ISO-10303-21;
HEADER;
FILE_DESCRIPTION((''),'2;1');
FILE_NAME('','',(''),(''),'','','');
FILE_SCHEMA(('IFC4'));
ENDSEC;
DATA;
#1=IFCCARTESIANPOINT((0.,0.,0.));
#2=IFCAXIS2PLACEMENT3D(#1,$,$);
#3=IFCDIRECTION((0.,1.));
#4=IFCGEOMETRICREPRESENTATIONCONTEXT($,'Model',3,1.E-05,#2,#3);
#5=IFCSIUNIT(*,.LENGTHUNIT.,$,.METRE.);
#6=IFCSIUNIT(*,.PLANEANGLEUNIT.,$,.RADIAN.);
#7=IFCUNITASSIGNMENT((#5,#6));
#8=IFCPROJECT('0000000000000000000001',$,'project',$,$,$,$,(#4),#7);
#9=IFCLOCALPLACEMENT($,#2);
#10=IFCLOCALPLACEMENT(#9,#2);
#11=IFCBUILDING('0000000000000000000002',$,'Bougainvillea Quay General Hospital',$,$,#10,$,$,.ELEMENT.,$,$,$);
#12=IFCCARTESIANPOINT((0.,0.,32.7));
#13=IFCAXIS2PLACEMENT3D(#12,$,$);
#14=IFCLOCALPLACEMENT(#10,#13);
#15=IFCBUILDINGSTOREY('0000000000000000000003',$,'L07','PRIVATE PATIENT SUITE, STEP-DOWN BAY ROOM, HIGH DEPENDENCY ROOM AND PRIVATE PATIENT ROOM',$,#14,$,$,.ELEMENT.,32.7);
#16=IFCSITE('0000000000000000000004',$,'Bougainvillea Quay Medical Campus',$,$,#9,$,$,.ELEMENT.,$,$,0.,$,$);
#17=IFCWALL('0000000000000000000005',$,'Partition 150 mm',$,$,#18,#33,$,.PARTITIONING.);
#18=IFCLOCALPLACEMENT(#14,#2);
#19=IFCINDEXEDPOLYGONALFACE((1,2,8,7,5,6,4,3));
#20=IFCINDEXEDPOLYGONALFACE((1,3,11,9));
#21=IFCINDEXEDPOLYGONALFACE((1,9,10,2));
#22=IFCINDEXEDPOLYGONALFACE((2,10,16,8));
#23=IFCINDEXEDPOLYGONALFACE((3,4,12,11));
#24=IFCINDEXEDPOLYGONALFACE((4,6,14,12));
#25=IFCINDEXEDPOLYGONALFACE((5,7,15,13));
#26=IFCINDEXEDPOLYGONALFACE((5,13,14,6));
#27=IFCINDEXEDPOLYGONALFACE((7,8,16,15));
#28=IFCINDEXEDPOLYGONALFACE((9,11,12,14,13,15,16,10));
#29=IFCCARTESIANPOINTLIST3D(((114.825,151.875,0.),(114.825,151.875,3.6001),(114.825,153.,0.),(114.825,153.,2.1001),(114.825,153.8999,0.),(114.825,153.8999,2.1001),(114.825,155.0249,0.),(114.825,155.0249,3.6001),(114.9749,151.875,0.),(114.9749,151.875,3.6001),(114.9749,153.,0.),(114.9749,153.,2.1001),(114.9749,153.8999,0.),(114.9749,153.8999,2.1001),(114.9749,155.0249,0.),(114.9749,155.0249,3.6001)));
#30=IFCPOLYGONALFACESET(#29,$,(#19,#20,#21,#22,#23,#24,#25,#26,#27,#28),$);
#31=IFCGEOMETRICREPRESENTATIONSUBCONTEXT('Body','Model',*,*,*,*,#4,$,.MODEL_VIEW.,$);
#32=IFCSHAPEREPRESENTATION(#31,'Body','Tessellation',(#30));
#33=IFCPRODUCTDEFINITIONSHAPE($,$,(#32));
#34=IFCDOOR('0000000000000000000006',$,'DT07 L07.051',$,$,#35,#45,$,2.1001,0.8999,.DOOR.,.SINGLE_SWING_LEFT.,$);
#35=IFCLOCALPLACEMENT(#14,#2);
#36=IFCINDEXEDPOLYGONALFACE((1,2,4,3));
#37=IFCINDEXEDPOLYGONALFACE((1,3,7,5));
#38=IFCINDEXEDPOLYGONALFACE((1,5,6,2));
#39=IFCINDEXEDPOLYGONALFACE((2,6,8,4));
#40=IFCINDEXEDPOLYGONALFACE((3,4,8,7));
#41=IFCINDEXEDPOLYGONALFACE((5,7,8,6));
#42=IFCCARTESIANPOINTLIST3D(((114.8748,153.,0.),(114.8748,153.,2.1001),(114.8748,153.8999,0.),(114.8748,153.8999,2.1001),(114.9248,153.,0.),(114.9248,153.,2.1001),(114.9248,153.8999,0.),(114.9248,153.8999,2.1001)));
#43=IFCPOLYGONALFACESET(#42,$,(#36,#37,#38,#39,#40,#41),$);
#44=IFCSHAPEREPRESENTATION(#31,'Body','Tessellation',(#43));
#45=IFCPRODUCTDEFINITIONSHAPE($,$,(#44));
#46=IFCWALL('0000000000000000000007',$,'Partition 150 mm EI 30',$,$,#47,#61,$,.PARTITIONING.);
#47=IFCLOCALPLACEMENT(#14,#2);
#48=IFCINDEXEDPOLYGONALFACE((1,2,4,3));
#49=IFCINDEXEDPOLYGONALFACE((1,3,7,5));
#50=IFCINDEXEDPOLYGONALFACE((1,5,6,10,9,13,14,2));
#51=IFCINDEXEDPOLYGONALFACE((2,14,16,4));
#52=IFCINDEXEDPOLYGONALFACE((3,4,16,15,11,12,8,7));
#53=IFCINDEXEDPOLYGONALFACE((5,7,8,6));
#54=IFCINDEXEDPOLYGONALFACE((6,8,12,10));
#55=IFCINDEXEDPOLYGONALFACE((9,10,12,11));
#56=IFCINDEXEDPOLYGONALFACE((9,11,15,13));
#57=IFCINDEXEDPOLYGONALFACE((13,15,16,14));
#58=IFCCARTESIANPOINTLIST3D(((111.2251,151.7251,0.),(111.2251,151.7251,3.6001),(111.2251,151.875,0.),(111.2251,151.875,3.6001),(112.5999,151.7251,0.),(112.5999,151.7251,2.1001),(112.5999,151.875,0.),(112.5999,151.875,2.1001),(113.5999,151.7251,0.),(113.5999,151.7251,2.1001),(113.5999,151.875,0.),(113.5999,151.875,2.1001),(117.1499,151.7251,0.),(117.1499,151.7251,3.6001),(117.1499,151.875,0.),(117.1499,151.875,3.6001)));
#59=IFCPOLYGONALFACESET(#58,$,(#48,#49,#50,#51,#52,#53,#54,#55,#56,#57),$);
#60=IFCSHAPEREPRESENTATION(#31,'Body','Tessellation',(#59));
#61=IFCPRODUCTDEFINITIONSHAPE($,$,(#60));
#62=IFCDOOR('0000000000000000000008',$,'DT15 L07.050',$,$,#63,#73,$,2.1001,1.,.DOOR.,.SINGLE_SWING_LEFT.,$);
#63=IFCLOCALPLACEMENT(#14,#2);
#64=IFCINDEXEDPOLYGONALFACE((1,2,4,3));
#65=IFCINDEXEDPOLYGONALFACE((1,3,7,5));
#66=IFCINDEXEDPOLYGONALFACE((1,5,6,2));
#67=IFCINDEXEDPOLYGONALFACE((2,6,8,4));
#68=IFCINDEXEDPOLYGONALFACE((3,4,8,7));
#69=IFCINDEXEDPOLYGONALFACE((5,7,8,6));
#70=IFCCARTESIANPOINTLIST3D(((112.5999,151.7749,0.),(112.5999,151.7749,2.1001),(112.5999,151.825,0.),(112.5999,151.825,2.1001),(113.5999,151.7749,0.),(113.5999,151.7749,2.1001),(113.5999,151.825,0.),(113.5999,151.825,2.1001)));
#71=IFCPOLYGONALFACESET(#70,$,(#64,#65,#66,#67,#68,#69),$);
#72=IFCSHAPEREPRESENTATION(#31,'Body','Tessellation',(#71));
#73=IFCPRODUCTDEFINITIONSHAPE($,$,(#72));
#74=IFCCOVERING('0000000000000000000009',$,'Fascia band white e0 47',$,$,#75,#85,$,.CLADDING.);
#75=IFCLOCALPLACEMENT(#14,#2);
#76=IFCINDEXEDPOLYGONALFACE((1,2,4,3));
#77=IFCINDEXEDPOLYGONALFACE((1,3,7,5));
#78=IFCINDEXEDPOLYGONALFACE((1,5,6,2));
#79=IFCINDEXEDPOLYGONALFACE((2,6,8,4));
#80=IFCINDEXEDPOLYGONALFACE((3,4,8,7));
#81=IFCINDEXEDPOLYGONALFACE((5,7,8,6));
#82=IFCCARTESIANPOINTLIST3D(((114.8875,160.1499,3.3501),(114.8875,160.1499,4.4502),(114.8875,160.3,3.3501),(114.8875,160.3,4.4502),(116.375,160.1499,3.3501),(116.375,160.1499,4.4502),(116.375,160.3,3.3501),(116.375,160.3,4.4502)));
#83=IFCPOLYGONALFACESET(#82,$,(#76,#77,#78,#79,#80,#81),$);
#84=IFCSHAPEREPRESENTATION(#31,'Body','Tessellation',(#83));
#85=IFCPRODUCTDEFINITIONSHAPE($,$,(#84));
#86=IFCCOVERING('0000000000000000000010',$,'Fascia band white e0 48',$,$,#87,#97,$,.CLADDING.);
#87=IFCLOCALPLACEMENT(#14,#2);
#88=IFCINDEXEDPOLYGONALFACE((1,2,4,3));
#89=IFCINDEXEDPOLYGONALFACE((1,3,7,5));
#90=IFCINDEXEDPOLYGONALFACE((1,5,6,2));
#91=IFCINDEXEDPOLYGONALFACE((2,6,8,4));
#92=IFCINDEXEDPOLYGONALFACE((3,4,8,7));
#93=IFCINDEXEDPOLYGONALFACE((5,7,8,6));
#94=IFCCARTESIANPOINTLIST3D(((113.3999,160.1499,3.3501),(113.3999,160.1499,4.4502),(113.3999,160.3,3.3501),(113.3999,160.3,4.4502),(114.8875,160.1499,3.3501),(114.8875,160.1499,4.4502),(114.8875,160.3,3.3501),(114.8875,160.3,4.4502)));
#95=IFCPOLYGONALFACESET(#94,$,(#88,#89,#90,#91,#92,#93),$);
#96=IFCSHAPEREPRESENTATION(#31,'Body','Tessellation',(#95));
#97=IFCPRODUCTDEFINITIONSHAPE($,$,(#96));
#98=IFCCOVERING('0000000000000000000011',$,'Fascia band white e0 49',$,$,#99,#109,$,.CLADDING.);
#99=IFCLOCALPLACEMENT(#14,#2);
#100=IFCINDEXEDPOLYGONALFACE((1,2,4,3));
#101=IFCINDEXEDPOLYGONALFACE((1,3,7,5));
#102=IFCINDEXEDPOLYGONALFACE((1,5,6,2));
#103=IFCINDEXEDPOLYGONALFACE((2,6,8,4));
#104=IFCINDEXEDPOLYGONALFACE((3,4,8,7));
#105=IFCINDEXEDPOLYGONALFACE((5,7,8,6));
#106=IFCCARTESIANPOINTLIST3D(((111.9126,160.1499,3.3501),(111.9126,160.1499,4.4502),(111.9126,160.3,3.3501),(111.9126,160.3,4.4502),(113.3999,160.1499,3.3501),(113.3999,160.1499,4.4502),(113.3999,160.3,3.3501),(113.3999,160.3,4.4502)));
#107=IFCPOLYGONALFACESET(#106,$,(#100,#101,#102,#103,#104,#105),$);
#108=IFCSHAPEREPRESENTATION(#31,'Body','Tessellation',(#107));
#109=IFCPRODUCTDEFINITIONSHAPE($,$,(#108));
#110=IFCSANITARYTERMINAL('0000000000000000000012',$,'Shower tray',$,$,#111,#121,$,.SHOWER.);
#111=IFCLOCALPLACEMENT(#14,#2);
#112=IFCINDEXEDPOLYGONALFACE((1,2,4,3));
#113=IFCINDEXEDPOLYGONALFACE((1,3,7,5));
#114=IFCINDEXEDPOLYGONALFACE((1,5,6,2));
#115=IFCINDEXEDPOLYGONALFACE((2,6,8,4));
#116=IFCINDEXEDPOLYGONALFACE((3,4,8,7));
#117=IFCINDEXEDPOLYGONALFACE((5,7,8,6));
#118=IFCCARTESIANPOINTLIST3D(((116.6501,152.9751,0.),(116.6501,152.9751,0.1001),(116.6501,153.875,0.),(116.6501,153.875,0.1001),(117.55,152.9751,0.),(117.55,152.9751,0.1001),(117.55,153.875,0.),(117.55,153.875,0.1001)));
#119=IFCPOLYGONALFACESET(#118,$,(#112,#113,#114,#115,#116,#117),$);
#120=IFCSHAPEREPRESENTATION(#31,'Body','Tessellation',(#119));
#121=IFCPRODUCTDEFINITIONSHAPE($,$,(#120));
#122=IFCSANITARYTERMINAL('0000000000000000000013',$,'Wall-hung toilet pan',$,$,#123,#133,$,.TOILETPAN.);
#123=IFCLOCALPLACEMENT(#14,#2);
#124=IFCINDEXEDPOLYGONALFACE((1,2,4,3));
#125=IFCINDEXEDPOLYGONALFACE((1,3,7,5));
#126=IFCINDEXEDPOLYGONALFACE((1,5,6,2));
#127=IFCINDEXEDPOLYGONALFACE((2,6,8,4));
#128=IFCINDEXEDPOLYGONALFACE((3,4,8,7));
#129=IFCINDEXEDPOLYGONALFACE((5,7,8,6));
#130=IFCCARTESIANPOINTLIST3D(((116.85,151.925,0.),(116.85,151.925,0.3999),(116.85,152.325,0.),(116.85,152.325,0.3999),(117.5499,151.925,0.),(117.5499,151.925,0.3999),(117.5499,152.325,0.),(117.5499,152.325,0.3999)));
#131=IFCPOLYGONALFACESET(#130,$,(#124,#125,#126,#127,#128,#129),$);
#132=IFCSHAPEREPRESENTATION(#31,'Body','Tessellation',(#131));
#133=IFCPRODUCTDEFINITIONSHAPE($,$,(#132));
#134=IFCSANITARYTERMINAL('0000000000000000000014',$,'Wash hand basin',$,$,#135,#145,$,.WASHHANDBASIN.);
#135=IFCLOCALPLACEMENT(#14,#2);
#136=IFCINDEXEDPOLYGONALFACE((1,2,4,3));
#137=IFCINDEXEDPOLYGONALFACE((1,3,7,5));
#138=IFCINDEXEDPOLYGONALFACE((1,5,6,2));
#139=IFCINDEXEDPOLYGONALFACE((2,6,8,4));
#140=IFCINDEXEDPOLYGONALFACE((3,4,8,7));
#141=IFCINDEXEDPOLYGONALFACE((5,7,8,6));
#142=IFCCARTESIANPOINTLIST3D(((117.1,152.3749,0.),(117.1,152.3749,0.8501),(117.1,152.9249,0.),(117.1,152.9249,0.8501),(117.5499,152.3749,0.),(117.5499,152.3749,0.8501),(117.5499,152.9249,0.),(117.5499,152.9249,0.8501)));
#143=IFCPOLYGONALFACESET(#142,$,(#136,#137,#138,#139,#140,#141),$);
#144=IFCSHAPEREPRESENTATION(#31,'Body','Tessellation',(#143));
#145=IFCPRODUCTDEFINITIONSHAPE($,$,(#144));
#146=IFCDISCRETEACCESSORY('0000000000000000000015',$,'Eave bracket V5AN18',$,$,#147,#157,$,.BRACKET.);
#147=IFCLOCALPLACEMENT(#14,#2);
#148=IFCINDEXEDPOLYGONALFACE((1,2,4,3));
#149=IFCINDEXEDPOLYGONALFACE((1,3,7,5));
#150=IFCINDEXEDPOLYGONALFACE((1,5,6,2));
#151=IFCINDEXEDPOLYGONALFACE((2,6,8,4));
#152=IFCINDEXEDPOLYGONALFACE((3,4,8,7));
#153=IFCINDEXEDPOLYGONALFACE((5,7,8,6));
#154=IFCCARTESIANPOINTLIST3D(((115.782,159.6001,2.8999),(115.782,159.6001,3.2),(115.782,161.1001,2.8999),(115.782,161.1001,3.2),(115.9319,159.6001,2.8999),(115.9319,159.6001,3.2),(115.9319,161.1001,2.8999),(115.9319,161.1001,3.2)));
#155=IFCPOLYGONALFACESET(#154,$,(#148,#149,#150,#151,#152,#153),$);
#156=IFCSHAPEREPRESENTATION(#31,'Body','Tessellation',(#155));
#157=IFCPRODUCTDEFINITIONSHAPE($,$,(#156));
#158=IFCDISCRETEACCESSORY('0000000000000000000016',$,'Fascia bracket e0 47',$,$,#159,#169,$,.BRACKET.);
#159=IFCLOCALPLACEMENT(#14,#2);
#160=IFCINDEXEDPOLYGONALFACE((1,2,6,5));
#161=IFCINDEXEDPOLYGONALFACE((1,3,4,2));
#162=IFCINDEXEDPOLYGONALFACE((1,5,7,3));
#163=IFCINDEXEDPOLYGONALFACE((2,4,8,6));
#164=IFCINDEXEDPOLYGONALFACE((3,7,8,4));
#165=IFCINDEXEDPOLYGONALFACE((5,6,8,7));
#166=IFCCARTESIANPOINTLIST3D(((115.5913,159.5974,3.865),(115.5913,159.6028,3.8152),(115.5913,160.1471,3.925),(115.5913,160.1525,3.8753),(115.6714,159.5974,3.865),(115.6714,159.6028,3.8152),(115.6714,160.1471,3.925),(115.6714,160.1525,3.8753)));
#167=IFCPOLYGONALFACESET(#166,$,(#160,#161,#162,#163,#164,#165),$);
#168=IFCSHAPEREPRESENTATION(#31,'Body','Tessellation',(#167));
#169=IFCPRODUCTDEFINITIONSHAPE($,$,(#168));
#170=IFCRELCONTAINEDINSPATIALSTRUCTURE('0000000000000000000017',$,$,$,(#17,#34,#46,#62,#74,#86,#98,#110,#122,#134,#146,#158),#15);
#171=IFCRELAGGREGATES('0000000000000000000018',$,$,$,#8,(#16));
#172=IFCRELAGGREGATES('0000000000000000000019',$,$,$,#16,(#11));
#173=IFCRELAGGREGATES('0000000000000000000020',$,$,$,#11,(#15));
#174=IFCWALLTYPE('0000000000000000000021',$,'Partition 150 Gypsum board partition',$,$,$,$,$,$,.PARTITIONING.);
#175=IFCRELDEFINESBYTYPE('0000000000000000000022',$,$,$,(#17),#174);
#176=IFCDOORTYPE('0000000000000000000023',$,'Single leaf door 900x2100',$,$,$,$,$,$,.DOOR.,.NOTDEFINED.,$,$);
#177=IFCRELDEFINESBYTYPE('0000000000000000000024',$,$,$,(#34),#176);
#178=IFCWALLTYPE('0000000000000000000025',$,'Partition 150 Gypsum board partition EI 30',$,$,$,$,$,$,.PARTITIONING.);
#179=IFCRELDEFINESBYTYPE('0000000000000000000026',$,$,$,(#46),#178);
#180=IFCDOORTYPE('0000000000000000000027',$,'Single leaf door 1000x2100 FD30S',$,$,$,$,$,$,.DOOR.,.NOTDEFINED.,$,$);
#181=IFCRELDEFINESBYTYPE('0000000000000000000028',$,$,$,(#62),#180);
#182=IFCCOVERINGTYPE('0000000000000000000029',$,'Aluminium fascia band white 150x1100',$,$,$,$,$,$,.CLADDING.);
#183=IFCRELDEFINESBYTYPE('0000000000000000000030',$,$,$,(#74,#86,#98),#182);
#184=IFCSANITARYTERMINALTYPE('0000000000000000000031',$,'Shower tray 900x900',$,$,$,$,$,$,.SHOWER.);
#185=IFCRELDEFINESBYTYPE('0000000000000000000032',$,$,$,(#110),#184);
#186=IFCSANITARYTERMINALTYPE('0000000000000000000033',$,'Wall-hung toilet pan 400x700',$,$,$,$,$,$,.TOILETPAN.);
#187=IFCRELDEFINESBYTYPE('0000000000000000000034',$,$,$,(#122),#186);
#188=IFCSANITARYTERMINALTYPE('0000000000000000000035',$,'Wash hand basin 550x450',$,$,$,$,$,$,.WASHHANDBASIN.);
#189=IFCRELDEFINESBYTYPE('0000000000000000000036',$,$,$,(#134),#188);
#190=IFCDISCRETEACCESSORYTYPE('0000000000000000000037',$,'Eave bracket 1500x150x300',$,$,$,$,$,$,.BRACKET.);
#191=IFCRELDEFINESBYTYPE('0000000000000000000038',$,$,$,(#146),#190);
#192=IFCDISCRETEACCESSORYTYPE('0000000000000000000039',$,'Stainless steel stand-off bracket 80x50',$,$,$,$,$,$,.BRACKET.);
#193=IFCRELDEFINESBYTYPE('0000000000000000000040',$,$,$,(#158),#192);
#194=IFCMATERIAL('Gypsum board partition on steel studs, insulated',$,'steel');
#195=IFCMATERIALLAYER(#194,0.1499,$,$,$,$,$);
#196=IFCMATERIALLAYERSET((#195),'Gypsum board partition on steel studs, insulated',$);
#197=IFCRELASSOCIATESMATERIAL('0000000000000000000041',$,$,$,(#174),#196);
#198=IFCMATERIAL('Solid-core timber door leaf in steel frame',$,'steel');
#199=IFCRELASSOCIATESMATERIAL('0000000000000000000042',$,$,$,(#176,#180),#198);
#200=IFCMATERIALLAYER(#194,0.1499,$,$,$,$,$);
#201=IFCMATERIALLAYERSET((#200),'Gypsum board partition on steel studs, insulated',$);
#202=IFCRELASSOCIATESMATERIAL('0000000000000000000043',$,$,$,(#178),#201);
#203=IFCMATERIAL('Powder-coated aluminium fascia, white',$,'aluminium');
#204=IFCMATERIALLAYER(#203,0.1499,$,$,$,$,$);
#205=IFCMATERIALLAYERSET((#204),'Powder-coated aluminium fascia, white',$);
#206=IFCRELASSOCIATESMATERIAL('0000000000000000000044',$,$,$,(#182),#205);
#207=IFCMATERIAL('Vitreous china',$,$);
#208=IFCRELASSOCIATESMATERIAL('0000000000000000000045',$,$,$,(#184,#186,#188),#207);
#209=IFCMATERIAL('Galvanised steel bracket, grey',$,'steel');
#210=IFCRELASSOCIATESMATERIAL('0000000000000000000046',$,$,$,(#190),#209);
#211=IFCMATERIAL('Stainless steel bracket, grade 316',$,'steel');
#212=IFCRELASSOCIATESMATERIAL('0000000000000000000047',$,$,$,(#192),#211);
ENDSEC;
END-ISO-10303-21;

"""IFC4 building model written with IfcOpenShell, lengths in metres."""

from ifc_helpers import new_model, si_unit, direction, frame, frame_2d, origin, origin_2d, place, context, subcontext, project, spatial, polyline, rectangle, outline, extrude, material, layer, layer_set, material_profile, profile_set, type_object, element, fill, save


model = new_model("IFC4")

# Units and contexts
model_context = context("Model", 3, precision=1e-05, world=origin(), true_north=direction((0.0, 1.0)))
body_context = subcontext(model_context, "Body", "Model", "MODEL_VIEW")
ifc_project = project(units=[si_unit("LENGTHUNIT", "METRE"), si_unit("PLANEANGLEUNIT", "RADIAN")], contexts=[model_context])

# Site, building, storey
site_placement = place(None, origin())
site = spatial("IfcSite", under=ifc_project, at=site_placement, Name="Bougainvillea Quay Medical Campus", CompositionType="ELEMENT", RefElevation=0.0)
building_placement = place(site_placement, origin())
building = spatial("IfcBuilding", under=site, at=building_placement, Name="Bougainvillea Quay General Hospital", CompositionType="ELEMENT")
storey_placement = place(building_placement, frame((0.0, 0.0, 32.7)))
storey = spatial("IfcBuildingStorey", under=building, at=storey_placement, Name="L07", Description="PRIVATE PATIENT SUITE, STEP-DOWN BAY ROOM, HIGH DEPENDENCY ROOM AND PRIVATE PATIENT ROOM", CompositionType="ELEMENT", Elevation=32.7)

# Shared definitions
ifc_material_1 = material(Name="Gypsum board partition on steel studs, insulated", Category="steel")
ifc_layer_1 = layer(ifc_material_1, 0.1499)
ifc_layer_set_1 = layer_set([ifc_layer_1], Name="Gypsum board partition on steel studs, insulated")
wall_type_1 = type_object("IfcWallType", Name="Partition 150 Gypsum board partition", PredefinedType="PARTITIONING", material=ifc_layer_set_1)

# Walls, openings, doors
wall_1_placement = place(storey_placement, frame((114.8999, 151.875, 0.0), z_axis=(0.0, 0.0, 1.0), x_axis=(0.0, 1.0, 0.0)))
wall_1 = element("IfcWall", 1, at=wall_1_placement, inside=storey, type_object=wall_type_1, Name="Partition 150 mm", PredefinedType="PARTITIONING", context=body_context, shape_type="SweptSolid", body=[
    extrude(rectangle(XDim=3.1499, YDim=0.1499, at=frame_2d((1.575, 0.0))), origin(), (0.0, 0.0, 1.0), 3.6001),
])
opening_1_placement = place(wall_1_placement, frame((1.125, 0.0, 0.0)))
opening_1 = element("IfcOpeningElement", 2, at=opening_1_placement, cuts=wall_1, PredefinedType="OPENING", context=body_context, shape_type="SweptSolid", body=[
    extrude(rectangle(XDim=0.8999, YDim=2.1001, at=frame_2d((0.45, 1.05))), frame((0.0, 0.085, 0.0), z_axis=(0.0, -1.0, 0.0), x_axis=(1.0, 0.0, 0.0)), (0.0, 0.0, 1.0), 0.1699),
])
ifc_material_2 = material(Name="Solid-core timber door leaf in steel frame", Category="steel")
door_type_1 = type_object("IfcDoorType", Name="Single leaf door 900x2100", OperationType="NOTDEFINED", PredefinedType="DOOR", material=ifc_material_2)
door_1_placement = place(opening_1_placement, frame((0.8999, 0.0, 0.0), z_axis=(0.0, 0.0, 1.0), x_axis=(-1.0, 0.0, 0.0)))
door_1 = element("IfcDoor", 3, at=door_1_placement, inside=storey, type_object=door_type_1, Name="DT07 L07.051", OperationType="SINGLE_SWING_LEFT", OverallHeight=2.1001, OverallWidth=0.8999, PredefinedType="DOOR", context=body_context, shape_type="SweptSolid", body=[
    extrude(rectangle(XDim=0.8999, YDim=2.1001, at=frame_2d((0.45, 1.05))), frame((0.0, 0.0249, 0.0), z_axis=(0.0, -1.0, 0.0), x_axis=(1.0, 0.0, 0.0)), (0.0, 0.0, 1.0), 0.05),
])
fill(opening_1, door_1)
ifc_layer_2 = layer(ifc_material_1, 0.1499)
ifc_layer_set_2 = layer_set([ifc_layer_2], Name="Gypsum board partition on steel studs, insulated")
wall_type_2 = type_object("IfcWallType", Name="Partition 150 Gypsum board partition EI 30", PredefinedType="PARTITIONING", material=ifc_layer_set_2)
wall_2_placement = place(storey_placement, frame((117.1499, 151.8, 0.0), z_axis=(0.0, 0.0, 1.0), x_axis=(-1.0, 0.0, 0.0)))
wall_2 = element("IfcWall", 4, at=wall_2_placement, inside=storey, type_object=wall_type_2, Name="Partition 150 mm EI 30", PredefinedType="PARTITIONING", context=body_context, shape_type="SweptSolid", body=[
    extrude(rectangle(XDim=5.9248, YDim=0.1499, at=frame_2d((2.9624, 0.0))), origin(), (0.0, 0.0, 1.0), 3.6001),
])
opening_2_placement = place(wall_2_placement, frame((3.55, 0.0, 0.0)))
opening_2 = element("IfcOpeningElement", 5, at=opening_2_placement, cuts=wall_2, PredefinedType="OPENING", context=body_context, shape_type="SweptSolid", body=[
    extrude(rectangle(XDim=1.0, YDim=2.1001, at=frame_2d((0.5, 1.05))), frame((0.0, 0.085, 0.0), z_axis=(0.0, -1.0, 0.0), x_axis=(1.0, 0.0, 0.0)), (0.0, 0.0, 1.0), 0.1699),
])
door_type_2 = type_object("IfcDoorType", Name="Single leaf door 1000x2100 FD30S", OperationType="NOTDEFINED", PredefinedType="DOOR", material=ifc_material_2)
door_2_placement = place(opening_2_placement, frame((1.0, 0.0, 0.0), z_axis=(0.0, 0.0, 1.0), x_axis=(-1.0, 0.0, 0.0)))
door_2 = element("IfcDoor", 6, at=door_2_placement, inside=storey, type_object=door_type_2, Name="DT15 L07.050", OperationType="SINGLE_SWING_LEFT", OverallHeight=2.1001, OverallWidth=1.0, PredefinedType="DOOR", context=body_context, shape_type="SweptSolid", body=[
    extrude(rectangle(XDim=1.0, YDim=2.1001, at=frame_2d((0.5, 1.05))), frame((0.0, 0.0249, 0.0), z_axis=(0.0, -1.0, 0.0), x_axis=(1.0, 0.0, 0.0)), (0.0, 0.0, 1.0), 0.05),
])
fill(opening_2, door_2)

# Coverings
ifc_material_3 = material(Name="Powder-coated aluminium fascia, white", Category="aluminium")
ifc_layer_3 = layer(ifc_material_3, 0.1499)
ifc_layer_set_3 = layer_set([ifc_layer_3], Name="Powder-coated aluminium fascia, white")
covering_type = type_object("IfcCoveringType", Name="Aluminium fascia band white 150x1100", PredefinedType="CLADDING", material=ifc_layer_set_3)
for number, where, z_axis, x_axis, name in (
    (7, (116.375, 160.1499, 3.3501), (0.0, 0.0, 1.0), (-1.0, 0.0, 0.0), "Fascia band white e0 47"),
    (8, (114.8875, 160.1499, 3.3501), (0.0, 0.0, 1.0), (-1.0, 0.0, 0.0), "Fascia band white e0 48"),
):
    element("IfcCovering", number, at=place(storey_placement, frame(where, z_axis=z_axis, x_axis=x_axis)), inside=storey, type_object=covering_type, Name=name, PredefinedType="CLADDING", context=body_context, shape_type="SweptSolid", body=[
        extrude(outline(polyline([(0.0, 0.0), (1.4875, 0.0), (1.4875, -0.1501), (0.0, -0.1501), (0.0, 0.0)])), origin(), (0.0, 0.0, 1.0), 1.1001),
    ])
covering_placement = place(storey_placement, frame((113.3999, 160.1499, 3.3501), z_axis=(0.0, 0.0, 1.0), x_axis=(-1.0, 0.0, 0.0)))
element("IfcCovering", 9, at=covering_placement, inside=storey, type_object=covering_type, Name="Fascia band white e0 49", PredefinedType="CLADDING", context=body_context, shape_type="SweptSolid", body=[
    extrude(outline(polyline([(0.0, 0.0), (1.4873, 0.0), (1.4873, -0.1501), (0.0, -0.1501), (0.0, 0.0)])), origin(), (0.0, 0.0, 1.0), 1.1001),
])

# Sanitary terminals
ifc_material_4 = material(Name="Vitreous china")
sanitary_terminal_type_1 = type_object("IfcSanitaryTerminalType", Name="Shower tray 900x900", PredefinedType="SHOWER", material=ifc_material_4)
sanitary_terminal_1_placement = place(storey_placement, frame((117.1001, 153.425, 0.0), z_axis=(0.0, 0.0, 1.0), x_axis=(0.0, -1.0, 0.0)))
element("IfcSanitaryTerminal", 10, at=sanitary_terminal_1_placement, inside=storey, type_object=sanitary_terminal_type_1, Name="Shower tray", PredefinedType="SHOWER", context=body_context, shape_type="SweptSolid", body=[
    extrude(rectangle(XDim=0.8999, YDim=0.8999, at=origin_2d()), origin(), (0.0, 0.0, 1.0), 0.1001),
])
sanitary_terminal_type_2 = type_object("IfcSanitaryTerminalType", Name="Wall-hung toilet pan 400x700", PredefinedType="TOILETPAN", material=ifc_material_4)
sanitary_terminal_2_placement = place(storey_placement, frame((117.2, 152.125, 0.0), z_axis=(0.0, 0.0, 1.0), x_axis=(0.0, -1.0, 0.0)))
element("IfcSanitaryTerminal", 11, at=sanitary_terminal_2_placement, inside=storey, type_object=sanitary_terminal_type_2, Name="Wall-hung toilet pan", PredefinedType="TOILETPAN", context=body_context, shape_type="SweptSolid", body=[
    extrude(rectangle(XDim=0.3999, YDim=0.7, at=origin_2d()), origin(), (0.0, 0.0, 1.0), 0.3999),
])
sanitary_terminal_type_3 = type_object("IfcSanitaryTerminalType", Name="Wash hand basin 550x450", PredefinedType="WASHHANDBASIN", material=ifc_material_4)
sanitary_terminal_3_placement = place(storey_placement, frame((117.325, 152.6499, 0.0), z_axis=(0.0, 0.0, 1.0), x_axis=(0.0, -1.0, 0.0)))
element("IfcSanitaryTerminal", 12, at=sanitary_terminal_3_placement, inside=storey, type_object=sanitary_terminal_type_3, Name="Wash hand basin", PredefinedType="WASHHANDBASIN", context=body_context, shape_type="SweptSolid", body=[
    extrude(rectangle(XDim=0.55, YDim=0.45, at=origin_2d()), origin(), (0.0, 0.0, 1.0), 0.8501),
])

# Discrete accessories
ifc_material_5 = material(Name="Galvanised steel bracket, grey", Category="steel")
discrete_accessory_type_1 = type_object("IfcDiscreteAccessoryType", Name="Eave bracket 1500x150x300", PredefinedType="BRACKET", material=ifc_material_5)
discrete_accessory_1_placement = place(storey_placement, frame((115.8569, 160.3501, 2.8999), z_axis=(0.0, 0.0, 1.0), x_axis=(1.0, 0.0, 0.0)))
element("IfcDiscreteAccessory", 13, at=discrete_accessory_1_placement, inside=storey, type_object=discrete_accessory_type_1, Name="Eave bracket V5AN18", PredefinedType="BRACKET", context=body_context, shape_type="SweptSolid", body=[
    extrude(rectangle(XDim=0.1499, YDim=1.5, at=origin_2d()), origin(), (0.0, 0.0, 1.0), 0.3),
])
ifc_material_6 = material(Name="Stainless steel bracket, grade 316", Category="steel")
ifc_material_profile_1 = material_profile(ifc_material_6, rectangle(XDim=0.0801, YDim=0.05, at=origin_2d()))
ifc_profile_set_1 = profile_set([ifc_material_profile_1], Name="Stainless steel bracket, grade 316")
discrete_accessory_type_2 = type_object("IfcDiscreteAccessoryType", Name="Stainless steel stand-off bracket 80x50", PredefinedType="BRACKET", material=ifc_profile_set_1)
discrete_accessory_2_placement = place(storey_placement, frame((115.6313, 159.6001, 3.8401), z_axis=(0.0, 0.994087, 0.10859), x_axis=(-1.0, 0.0, 0.0)))
element("IfcDiscreteAccessory", 14, at=discrete_accessory_2_placement, inside=storey, type_object=discrete_accessory_type_2, Name="Fascia bracket e0 47", PredefinedType="BRACKET", context=body_context, shape_type="SweptSolid", body=[
    extrude(rectangle(XDim=0.0801, YDim=0.05, at=origin_2d()), origin(), (0.0, 0.0, 1.0), 0.553),
])

save(model, "model.ifc")
